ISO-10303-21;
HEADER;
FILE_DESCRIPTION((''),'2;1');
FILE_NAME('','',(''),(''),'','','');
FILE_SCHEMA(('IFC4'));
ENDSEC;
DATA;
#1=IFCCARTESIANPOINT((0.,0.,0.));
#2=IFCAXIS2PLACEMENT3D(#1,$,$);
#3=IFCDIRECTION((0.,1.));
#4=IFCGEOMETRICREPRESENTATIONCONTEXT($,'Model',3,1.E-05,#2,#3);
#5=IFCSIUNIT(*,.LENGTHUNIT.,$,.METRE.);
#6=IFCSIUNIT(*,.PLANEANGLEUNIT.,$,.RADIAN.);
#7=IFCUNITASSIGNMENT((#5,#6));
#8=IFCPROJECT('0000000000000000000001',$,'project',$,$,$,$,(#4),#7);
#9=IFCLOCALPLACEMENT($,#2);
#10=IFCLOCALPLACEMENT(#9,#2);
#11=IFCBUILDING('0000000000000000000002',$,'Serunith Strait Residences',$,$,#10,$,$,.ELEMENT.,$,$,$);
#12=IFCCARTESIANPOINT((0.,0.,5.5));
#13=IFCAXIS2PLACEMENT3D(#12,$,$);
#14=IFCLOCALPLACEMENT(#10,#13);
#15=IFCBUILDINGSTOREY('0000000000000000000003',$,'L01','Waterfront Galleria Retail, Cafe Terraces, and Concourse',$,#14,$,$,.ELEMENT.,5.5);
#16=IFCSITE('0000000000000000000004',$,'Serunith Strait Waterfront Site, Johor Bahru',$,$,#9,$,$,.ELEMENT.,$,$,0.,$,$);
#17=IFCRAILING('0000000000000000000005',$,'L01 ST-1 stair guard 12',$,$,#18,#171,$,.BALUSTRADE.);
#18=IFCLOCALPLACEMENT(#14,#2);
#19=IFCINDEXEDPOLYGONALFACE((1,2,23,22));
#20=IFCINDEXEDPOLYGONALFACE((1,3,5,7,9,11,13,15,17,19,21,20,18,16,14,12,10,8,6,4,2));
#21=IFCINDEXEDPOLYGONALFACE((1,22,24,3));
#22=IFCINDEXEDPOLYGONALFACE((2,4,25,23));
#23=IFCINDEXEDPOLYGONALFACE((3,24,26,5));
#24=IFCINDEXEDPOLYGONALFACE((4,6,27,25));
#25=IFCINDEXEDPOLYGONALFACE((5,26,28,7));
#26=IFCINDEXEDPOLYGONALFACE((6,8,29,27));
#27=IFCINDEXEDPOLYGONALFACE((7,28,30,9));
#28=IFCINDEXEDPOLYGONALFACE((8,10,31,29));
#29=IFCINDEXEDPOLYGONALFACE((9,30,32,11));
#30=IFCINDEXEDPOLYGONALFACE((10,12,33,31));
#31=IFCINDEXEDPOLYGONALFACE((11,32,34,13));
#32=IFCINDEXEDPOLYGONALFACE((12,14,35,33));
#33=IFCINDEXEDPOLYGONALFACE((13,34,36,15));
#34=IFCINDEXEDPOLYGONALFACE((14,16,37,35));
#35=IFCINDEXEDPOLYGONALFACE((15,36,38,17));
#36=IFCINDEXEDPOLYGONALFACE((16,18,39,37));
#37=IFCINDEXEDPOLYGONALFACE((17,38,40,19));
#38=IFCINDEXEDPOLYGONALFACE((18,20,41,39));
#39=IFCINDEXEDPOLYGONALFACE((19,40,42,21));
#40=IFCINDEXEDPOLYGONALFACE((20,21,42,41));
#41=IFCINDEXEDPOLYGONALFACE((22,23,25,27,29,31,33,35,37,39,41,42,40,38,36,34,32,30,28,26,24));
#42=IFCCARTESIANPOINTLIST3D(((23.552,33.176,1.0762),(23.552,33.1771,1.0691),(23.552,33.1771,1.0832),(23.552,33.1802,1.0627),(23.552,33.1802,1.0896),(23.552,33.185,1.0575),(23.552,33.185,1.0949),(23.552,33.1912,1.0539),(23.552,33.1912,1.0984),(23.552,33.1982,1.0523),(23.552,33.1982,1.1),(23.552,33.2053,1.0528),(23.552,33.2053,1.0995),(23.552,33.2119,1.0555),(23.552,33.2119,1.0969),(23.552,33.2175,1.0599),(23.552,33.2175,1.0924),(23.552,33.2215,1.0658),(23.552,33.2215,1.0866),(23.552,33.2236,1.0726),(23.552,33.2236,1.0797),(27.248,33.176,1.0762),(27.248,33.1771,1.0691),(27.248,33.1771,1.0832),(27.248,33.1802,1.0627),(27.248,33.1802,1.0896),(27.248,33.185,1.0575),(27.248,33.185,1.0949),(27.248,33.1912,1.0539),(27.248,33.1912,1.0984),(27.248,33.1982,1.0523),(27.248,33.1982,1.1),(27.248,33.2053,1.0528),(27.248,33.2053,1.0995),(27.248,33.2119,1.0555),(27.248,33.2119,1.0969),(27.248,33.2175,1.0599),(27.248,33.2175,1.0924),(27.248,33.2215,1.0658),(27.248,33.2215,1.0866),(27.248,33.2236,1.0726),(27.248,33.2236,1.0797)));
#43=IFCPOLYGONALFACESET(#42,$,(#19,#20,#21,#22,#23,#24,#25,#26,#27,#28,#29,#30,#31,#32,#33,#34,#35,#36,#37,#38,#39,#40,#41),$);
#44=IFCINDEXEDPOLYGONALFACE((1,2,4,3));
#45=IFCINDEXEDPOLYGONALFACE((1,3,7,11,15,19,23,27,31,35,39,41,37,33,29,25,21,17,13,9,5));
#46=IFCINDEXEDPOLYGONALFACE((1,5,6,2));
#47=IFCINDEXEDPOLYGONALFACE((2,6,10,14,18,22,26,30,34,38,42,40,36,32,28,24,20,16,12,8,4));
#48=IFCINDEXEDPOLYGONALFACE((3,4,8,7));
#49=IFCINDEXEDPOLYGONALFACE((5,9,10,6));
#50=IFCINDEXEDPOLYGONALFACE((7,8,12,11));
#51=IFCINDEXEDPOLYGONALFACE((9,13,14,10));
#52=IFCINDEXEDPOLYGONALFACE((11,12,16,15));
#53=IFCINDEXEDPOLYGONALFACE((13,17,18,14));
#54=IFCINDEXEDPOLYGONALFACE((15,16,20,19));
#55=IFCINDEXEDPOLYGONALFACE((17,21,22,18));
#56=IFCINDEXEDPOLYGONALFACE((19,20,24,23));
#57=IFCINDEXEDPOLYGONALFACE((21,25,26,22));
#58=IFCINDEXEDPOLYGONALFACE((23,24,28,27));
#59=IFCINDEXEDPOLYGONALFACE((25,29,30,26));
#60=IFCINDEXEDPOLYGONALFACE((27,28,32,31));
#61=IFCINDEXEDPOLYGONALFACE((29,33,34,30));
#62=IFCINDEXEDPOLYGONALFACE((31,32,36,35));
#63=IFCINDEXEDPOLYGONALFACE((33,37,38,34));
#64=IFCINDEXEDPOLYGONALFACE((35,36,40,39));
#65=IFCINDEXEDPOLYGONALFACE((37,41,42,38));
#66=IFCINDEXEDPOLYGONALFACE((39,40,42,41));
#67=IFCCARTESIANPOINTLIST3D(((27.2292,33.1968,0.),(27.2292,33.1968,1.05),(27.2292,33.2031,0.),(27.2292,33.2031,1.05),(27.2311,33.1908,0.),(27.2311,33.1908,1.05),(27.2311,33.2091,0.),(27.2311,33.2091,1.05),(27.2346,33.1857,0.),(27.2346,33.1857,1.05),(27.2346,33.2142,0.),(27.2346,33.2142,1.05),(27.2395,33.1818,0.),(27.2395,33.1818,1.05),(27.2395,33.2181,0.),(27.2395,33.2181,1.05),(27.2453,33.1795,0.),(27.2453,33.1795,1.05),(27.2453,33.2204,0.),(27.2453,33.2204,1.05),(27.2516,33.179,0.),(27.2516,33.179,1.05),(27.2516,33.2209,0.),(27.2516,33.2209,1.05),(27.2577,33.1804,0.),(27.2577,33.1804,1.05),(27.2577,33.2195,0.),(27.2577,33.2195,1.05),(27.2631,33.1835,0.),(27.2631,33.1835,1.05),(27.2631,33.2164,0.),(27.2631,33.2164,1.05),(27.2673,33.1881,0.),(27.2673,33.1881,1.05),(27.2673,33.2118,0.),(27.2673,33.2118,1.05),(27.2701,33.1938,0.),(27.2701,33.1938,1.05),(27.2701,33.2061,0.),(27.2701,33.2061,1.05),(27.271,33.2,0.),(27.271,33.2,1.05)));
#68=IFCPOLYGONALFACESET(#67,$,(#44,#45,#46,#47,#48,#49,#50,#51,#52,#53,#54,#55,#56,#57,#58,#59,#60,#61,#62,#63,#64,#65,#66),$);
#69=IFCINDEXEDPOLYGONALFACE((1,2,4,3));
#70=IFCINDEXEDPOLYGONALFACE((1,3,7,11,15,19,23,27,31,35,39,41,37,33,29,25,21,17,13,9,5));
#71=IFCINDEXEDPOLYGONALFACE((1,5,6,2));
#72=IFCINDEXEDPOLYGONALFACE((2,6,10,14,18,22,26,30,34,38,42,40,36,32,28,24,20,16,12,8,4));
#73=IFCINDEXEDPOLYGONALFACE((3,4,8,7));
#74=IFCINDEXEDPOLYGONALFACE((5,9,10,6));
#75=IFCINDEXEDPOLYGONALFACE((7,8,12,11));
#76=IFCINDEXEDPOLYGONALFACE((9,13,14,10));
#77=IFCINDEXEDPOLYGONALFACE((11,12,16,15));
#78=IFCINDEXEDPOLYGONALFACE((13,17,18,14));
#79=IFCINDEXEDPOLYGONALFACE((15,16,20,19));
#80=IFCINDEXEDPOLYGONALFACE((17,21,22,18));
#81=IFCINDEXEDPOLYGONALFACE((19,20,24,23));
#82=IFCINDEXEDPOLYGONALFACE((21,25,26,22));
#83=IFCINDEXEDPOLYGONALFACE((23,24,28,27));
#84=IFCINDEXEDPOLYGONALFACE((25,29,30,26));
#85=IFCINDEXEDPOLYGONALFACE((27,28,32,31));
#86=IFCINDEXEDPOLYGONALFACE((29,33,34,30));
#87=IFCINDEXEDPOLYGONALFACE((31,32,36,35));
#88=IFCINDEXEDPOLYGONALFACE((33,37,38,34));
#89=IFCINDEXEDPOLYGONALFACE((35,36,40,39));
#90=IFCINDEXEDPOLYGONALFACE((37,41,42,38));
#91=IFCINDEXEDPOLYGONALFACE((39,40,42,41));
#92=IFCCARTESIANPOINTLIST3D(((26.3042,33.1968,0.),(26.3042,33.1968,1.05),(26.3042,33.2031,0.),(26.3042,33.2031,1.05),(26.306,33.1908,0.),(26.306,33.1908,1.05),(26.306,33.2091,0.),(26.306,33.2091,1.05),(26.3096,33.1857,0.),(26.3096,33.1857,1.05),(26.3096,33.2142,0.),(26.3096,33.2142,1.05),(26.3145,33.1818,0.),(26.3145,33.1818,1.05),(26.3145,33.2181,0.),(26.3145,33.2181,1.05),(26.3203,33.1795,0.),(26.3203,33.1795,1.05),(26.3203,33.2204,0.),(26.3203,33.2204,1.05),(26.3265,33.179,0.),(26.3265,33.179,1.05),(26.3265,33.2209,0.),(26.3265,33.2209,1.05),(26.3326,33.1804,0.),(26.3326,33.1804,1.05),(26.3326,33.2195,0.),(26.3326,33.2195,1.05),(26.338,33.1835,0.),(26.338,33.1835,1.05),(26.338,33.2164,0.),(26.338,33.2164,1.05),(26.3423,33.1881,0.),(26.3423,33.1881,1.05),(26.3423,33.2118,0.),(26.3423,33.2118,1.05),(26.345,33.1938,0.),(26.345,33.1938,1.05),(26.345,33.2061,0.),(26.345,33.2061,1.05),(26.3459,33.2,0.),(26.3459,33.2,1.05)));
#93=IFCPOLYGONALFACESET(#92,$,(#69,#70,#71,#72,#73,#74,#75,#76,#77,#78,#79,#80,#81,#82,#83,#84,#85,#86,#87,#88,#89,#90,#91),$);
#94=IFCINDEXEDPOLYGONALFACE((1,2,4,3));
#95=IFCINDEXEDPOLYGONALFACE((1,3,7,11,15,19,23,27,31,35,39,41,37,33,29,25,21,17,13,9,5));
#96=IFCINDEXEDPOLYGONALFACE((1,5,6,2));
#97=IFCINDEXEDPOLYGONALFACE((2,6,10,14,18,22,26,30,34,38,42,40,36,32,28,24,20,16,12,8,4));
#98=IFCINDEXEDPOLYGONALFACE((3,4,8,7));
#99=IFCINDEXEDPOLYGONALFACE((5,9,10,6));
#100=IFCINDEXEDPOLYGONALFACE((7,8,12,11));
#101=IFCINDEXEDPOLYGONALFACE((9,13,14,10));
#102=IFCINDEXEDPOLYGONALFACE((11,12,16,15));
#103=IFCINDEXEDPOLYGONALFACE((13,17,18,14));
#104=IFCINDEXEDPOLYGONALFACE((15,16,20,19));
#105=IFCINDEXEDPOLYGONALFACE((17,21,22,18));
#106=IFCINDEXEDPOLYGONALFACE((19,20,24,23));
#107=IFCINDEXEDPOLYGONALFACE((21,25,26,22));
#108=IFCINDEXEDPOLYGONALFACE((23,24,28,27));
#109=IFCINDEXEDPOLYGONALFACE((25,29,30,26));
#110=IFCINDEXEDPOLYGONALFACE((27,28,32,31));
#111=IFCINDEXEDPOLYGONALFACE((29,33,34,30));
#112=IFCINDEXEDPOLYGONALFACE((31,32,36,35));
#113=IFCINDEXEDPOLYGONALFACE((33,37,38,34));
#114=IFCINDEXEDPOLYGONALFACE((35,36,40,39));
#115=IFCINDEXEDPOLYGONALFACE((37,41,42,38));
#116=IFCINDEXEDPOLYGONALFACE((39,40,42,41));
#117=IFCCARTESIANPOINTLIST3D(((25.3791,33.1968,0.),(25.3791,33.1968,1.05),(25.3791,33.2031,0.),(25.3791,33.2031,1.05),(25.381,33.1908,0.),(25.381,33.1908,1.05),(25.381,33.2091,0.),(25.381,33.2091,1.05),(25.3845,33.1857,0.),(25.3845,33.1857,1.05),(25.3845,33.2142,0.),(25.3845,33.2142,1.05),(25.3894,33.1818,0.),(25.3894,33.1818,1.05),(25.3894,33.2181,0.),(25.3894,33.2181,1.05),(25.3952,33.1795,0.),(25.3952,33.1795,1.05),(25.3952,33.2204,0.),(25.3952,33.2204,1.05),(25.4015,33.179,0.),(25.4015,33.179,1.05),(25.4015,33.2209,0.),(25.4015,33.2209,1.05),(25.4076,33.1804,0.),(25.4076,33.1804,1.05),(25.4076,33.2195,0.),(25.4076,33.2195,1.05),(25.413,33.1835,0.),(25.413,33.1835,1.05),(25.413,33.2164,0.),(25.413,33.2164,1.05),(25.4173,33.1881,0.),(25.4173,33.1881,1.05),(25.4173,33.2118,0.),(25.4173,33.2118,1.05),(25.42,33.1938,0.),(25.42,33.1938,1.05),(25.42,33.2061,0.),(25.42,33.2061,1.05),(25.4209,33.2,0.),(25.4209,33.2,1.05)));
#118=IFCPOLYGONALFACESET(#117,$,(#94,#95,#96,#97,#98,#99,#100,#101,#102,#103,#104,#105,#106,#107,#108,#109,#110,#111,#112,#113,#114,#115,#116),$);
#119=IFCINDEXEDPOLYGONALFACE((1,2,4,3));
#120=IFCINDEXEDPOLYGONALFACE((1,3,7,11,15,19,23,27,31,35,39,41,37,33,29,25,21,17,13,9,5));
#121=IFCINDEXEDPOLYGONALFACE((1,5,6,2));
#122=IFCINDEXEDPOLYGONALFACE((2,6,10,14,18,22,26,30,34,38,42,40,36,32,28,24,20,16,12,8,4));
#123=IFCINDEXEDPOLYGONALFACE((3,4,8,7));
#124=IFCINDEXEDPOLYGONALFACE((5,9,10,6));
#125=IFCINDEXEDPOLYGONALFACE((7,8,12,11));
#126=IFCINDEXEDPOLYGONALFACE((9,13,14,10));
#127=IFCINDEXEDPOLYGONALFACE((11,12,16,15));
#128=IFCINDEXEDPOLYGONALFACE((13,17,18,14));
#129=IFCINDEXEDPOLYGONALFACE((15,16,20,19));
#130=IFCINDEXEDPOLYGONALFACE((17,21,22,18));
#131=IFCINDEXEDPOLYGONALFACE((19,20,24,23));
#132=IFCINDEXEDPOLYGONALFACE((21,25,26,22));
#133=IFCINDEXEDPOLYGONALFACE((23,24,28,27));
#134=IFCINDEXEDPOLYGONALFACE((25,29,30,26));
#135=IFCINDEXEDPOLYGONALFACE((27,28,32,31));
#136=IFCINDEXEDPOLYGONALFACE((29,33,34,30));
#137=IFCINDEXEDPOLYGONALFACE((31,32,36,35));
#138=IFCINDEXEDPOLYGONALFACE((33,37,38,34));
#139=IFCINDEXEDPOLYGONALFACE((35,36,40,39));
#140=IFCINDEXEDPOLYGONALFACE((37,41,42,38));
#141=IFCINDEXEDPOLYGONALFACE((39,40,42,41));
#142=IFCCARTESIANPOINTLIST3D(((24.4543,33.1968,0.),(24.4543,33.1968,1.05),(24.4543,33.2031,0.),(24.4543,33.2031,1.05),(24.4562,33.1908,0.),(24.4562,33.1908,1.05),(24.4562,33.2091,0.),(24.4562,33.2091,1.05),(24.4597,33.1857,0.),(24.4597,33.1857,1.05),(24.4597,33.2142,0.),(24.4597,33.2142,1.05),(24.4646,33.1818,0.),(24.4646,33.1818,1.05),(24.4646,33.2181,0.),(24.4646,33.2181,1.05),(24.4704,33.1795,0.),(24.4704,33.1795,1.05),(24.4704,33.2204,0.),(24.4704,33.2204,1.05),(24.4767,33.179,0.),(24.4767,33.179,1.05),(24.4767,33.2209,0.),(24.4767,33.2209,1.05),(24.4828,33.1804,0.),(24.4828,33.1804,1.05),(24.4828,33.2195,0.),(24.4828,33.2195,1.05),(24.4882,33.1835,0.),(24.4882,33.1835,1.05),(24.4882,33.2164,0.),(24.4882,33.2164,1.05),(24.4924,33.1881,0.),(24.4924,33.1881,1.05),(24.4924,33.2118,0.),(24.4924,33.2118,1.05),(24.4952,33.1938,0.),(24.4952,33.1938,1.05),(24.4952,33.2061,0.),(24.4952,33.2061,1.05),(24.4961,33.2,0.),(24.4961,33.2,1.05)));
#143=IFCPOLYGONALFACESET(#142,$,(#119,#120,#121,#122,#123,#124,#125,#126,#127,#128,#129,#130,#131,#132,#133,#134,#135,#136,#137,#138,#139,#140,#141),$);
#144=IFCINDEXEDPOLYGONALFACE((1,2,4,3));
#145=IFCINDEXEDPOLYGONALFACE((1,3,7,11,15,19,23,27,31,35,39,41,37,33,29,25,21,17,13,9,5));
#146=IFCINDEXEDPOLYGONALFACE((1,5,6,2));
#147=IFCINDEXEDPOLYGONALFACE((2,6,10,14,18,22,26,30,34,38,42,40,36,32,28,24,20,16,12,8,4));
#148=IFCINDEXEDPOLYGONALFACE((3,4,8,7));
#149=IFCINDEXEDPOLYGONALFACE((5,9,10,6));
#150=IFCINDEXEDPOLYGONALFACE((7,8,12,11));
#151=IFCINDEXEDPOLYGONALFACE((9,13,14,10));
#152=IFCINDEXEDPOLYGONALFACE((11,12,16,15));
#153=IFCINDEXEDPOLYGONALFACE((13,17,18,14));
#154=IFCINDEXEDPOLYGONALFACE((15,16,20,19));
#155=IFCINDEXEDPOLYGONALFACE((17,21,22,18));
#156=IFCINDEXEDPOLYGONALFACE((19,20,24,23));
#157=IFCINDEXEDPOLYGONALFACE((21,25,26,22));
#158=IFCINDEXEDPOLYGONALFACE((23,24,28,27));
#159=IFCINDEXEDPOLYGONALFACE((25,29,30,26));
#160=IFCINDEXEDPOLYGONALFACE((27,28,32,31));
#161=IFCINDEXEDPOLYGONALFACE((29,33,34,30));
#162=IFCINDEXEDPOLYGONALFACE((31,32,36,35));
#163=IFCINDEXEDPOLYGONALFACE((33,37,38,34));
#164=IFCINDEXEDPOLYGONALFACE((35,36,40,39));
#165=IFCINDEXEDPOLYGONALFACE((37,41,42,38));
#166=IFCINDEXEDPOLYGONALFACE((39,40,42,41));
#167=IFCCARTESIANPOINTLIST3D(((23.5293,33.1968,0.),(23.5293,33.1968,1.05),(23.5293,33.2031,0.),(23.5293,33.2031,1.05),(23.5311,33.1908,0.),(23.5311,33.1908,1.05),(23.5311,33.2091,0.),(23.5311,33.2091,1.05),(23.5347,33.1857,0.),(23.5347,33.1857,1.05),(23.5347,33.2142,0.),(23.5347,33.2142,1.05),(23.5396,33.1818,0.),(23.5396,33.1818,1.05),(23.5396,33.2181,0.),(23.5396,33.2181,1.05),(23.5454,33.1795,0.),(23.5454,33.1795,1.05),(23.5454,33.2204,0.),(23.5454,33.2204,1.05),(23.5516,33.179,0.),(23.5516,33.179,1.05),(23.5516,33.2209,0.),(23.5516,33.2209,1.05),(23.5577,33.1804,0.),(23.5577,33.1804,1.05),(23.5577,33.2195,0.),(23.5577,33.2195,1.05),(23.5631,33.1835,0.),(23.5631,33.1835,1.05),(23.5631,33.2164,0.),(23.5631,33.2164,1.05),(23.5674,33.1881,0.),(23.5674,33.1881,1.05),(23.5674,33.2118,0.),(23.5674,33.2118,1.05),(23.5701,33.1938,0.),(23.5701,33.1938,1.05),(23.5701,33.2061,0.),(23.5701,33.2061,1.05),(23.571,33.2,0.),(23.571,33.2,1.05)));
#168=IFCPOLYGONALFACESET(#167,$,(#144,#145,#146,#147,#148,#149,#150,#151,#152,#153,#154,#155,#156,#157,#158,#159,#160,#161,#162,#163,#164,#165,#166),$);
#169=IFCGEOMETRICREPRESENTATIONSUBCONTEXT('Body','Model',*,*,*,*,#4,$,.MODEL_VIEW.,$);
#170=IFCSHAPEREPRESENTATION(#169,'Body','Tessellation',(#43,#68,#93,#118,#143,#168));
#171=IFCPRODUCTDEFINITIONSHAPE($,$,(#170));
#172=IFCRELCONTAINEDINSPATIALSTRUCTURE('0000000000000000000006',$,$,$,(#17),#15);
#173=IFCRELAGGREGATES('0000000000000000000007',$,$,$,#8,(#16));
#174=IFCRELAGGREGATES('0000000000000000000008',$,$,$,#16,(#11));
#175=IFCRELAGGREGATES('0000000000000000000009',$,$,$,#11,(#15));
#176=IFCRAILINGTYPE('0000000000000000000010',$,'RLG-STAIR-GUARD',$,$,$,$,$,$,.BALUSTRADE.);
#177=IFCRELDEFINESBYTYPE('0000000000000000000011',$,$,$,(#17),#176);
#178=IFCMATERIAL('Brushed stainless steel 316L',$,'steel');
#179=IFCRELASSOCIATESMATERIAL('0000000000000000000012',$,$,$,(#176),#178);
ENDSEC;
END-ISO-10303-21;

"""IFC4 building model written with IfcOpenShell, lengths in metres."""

from ifc_helpers import new_model, si_unit, direction, frame, origin, origin_2d, place, context, subcontext, project, spatial, circle, extrude, material, type_object, element, save


model = new_model("IFC4")

# Units and contexts
model_context = context("Model", 3, precision=1e-05, world=origin(), true_north=direction((0.0, 1.0)))
body_context = subcontext(model_context, "Body", "Model", "MODEL_VIEW")
ifc_project = project(units=[si_unit("LENGTHUNIT", "METRE"), si_unit("PLANEANGLEUNIT", "RADIAN")], contexts=[model_context])

# Site, building, storey
site_placement = place(None, origin())
site = spatial("IfcSite", under=ifc_project, at=site_placement, Name="Serunith Strait Waterfront Site, Johor Bahru", CompositionType="ELEMENT", RefElevation=0.0)
building_placement = place(site_placement, origin())
building = spatial("IfcBuilding", under=site, at=building_placement, Name="Serunith Strait Residences", CompositionType="ELEMENT")
storey_placement = place(building_placement, frame((0.0, 0.0, 5.5)))
storey = spatial("IfcBuildingStorey", under=building, at=storey_placement, Name="L01", Description="Waterfront Galleria Retail, Cafe Terraces, and Concourse", CompositionType="ELEMENT", Elevation=5.5)

# Railing
ifc_material_1 = material(Name="Brushed stainless steel 316L", Category="steel")
railing_type_1 = type_object("IfcRailingType", Name="RLG-STAIR-GUARD", PredefinedType="BALUSTRADE", material=ifc_material_1)
railing_1_placement = place(storey_placement, frame((27.25, 33.2, 0.0)))
element("IfcRailing", 1, at=railing_1_placement, inside=storey, type_object=railing_type_1, Name="L01 ST-1 stair guard 12", PredefinedType="BALUSTRADE", context=body_context, shape_type="SweptSolid", body=[
    extrude(circle(Radius=0.0239, at=origin_2d()), frame((-0.002, 0.0, 1.0762), z_axis=(-1.0, 0.0, 0.0), x_axis=(0.0, -1.0, 0.0)), (0.0, 0.0, 1.0), 3.696),
    extrude(circle(Radius=0.021, at=origin_2d()), origin(), (0.0, 0.0, 1.0), 1.05),
    extrude(circle(Radius=0.021, at=origin_2d()), frame((-0.925, 0.0, 0.0)), (0.0, 0.0, 1.0), 1.05),
    extrude(circle(Radius=0.021, at=origin_2d()), frame((-1.8501, 0.0, 0.0)), (0.0, 0.0, 1.0), 1.05),
    extrude(circle(Radius=0.021, at=origin_2d()), frame((-2.7749, 0.0, 0.0)), (0.0, 0.0, 1.0), 1.05),
    extrude(circle(Radius=0.021, at=origin_2d()), frame((-3.7, 0.0, 0.0)), (0.0, 0.0, 1.0), 1.05),
])

save(model, "model.ifc")
